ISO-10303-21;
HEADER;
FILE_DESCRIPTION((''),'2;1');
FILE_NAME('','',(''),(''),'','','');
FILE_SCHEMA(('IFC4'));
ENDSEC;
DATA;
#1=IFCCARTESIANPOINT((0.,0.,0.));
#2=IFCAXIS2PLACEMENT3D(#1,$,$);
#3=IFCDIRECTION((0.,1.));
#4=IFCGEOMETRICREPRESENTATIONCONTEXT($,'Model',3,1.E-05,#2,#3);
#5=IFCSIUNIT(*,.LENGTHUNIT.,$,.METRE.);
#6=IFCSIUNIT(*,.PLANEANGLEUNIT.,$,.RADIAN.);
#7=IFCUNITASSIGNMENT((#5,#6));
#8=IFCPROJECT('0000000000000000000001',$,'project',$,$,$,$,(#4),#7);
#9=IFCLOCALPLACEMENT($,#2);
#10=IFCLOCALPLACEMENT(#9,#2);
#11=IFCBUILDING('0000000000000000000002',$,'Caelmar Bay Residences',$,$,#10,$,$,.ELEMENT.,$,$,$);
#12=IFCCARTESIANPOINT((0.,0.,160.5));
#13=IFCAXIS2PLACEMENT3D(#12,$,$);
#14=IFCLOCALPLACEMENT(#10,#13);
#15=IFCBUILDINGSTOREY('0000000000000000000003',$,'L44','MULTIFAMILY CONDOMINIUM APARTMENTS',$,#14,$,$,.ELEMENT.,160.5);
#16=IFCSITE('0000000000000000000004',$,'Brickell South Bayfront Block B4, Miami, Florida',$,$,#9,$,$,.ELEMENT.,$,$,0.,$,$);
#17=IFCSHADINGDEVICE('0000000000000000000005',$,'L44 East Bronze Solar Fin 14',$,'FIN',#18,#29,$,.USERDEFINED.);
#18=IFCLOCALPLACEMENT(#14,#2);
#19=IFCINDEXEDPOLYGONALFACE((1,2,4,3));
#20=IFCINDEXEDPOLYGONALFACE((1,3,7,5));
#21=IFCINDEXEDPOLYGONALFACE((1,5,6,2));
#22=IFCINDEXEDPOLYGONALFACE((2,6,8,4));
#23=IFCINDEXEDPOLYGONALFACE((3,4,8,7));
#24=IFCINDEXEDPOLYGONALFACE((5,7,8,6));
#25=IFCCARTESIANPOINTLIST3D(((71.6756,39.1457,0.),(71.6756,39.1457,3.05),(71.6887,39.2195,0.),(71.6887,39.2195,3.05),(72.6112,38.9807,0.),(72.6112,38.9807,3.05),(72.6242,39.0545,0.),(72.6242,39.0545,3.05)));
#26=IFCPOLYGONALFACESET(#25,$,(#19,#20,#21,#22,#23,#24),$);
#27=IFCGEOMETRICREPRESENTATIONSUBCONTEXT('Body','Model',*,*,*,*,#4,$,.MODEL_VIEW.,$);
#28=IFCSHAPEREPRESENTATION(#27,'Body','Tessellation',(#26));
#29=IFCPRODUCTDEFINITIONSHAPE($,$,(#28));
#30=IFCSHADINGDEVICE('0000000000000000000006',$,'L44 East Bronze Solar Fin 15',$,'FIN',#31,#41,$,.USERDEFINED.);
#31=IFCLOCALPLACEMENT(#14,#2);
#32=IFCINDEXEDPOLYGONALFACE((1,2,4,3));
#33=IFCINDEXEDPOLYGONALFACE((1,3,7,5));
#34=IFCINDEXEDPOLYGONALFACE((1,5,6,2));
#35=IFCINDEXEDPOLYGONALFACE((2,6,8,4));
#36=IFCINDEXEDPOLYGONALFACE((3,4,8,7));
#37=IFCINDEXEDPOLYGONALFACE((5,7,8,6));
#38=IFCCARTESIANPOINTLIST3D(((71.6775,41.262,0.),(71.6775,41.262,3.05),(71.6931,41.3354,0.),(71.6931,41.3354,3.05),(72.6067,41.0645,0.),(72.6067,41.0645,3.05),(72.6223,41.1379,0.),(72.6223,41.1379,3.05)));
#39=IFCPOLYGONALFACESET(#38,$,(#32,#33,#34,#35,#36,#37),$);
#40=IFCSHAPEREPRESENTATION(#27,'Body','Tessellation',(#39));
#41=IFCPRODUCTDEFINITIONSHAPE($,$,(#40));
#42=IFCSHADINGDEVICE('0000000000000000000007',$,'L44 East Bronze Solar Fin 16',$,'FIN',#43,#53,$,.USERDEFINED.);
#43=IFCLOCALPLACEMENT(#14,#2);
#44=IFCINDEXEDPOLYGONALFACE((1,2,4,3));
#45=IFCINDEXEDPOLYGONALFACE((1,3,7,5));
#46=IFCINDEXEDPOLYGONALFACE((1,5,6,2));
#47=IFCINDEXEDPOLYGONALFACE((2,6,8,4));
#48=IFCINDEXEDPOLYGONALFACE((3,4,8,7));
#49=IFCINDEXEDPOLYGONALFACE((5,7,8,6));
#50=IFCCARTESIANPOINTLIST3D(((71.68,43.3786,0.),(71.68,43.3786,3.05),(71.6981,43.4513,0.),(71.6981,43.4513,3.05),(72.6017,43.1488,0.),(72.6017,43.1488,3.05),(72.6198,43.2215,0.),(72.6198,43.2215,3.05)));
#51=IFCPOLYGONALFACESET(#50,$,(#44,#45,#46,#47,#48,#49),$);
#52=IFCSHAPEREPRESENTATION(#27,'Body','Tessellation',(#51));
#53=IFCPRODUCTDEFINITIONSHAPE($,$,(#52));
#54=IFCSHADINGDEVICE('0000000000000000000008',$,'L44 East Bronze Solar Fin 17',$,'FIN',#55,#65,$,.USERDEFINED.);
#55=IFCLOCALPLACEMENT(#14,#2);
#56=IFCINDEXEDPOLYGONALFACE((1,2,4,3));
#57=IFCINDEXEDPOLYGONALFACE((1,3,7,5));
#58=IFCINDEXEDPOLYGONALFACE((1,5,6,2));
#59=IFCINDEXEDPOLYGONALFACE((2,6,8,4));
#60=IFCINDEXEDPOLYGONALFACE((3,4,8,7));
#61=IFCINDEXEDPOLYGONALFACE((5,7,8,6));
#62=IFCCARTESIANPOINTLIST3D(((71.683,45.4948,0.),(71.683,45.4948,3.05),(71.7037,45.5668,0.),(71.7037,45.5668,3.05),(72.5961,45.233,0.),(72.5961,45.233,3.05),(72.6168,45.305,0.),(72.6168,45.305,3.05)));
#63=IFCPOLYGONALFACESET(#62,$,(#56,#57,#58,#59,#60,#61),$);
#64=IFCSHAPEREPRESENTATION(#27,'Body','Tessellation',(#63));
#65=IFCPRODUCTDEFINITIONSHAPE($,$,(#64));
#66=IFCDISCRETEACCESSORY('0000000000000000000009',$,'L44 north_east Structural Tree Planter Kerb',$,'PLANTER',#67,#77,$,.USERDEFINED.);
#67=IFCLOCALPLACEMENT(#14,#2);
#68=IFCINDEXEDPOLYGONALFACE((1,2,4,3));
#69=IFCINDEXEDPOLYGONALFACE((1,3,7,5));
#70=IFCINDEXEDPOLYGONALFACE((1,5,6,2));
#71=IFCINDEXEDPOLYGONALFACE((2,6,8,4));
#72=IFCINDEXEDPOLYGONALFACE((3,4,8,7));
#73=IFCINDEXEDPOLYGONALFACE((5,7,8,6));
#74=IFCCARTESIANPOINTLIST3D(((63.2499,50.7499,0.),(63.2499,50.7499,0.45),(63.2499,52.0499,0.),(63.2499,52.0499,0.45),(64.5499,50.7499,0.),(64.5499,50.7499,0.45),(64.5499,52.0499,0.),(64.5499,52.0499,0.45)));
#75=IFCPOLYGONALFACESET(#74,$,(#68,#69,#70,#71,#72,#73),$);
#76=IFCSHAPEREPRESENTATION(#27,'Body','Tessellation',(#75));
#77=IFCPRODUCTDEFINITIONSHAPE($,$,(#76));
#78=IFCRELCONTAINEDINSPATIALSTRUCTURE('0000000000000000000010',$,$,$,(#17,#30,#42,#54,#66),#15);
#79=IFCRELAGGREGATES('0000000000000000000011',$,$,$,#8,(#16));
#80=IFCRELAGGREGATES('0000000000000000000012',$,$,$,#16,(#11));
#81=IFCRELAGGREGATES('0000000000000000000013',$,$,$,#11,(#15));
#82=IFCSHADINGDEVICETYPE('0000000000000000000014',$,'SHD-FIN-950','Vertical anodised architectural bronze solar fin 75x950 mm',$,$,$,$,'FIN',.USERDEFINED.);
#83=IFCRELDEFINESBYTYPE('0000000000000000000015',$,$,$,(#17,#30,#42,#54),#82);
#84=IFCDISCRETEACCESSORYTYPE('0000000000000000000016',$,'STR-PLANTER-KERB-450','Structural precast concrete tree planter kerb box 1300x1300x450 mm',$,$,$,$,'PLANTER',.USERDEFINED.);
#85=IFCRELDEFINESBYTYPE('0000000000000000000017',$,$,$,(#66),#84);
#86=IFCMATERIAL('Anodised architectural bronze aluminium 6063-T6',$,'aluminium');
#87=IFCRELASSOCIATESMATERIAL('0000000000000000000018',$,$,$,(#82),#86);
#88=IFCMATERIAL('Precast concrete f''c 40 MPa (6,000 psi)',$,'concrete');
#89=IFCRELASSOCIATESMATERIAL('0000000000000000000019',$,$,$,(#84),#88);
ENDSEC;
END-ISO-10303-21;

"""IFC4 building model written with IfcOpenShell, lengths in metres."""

from ifc_helpers import new_model, si_unit, direction, frame, origin, origin_2d, place, context, subcontext, project, spatial, rectangle, extrude, material, material_profile, profile_set, type_object, element, save


model = new_model("IFC4")

# Units and contexts
model_context = context("Model", 3, precision=1e-05, world=origin(), true_north=direction((0.0, 1.0)))
body_context = subcontext(model_context, "Body", "Model", "MODEL_VIEW")
ifc_project = project(units=[si_unit("LENGTHUNIT", "METRE"), si_unit("PLANEANGLEUNIT", "RADIAN")], contexts=[model_context])

# Site, building, storey
site_placement = place(None, origin())
site = spatial("IfcSite", under=ifc_project, at=site_placement, Name="Brickell South Bayfront Block B4, Miami, Florida", CompositionType="ELEMENT", RefElevation=0.0)
building_placement = place(site_placement, origin())
building = spatial("IfcBuilding", under=site, at=building_placement, Name="Caelmar Bay Residences", CompositionType="ELEMENT")
storey_placement = place(building_placement, frame((0.0, 0.0, 160.5)))
storey = spatial("IfcBuildingStorey", under=building, at=storey_placement, Name="L44", Description="MULTIFAMILY CONDOMINIUM APARTMENTS", CompositionType="ELEMENT", Elevation=160.5)

# Shared definitions
ifc_material_1 = material(Name="Precast concrete f'c 40 MPa (6,000 psi)", Category="concrete")

# Shading devices
ifc_material_2 = material(Name="Anodised architectural bronze aluminium 6063-T6", Category="aluminium")
ifc_material_profile_1 = material_profile(ifc_material_2, rectangle(XDim=0.075, YDim=0.95, at=origin_2d()), Name="BRONZE-FIN-75X950")
ifc_profile_set_1 = profile_set([ifc_material_profile_1], Name="Anodised architectural bronze aluminium 6063-T6")
shading_device_type = type_object("IfcShadingDeviceType", Name="SHD-FIN-950", Description="Vertical anodised architectural bronze solar fin 75x950 mm", ElementType="FIN", PredefinedType="USERDEFINED", material=ifc_profile_set_1)
for number, where, z_axis, x_axis, name in (
    (1, (72.1499, 39.1001, 0.0), (0.0, 0.0, 1.0), (0.173648, 0.984808, 0.0), "L44 East Bronze Solar Fin 14"),
    (2, (72.1499, 41.2, 0.0), (0.0, 0.0, 1.0), (0.207912, 0.978148, 0.0), "L44 East Bronze Solar Fin 15"),
    (3, (72.1499, 43.3, 0.0), (0.0, 0.0, 1.0), (0.241922, 0.970296, 0.0), "L44 East Bronze Solar Fin 16"),
    (4, (72.1499, 45.3999, 0.0), (0.0, 0.0, 1.0), (0.275637, 0.961262, 0.0), "L44 East Bronze Solar Fin 17"),
):
    element("IfcShadingDevice", number, at=place(storey_placement, frame(where, z_axis=z_axis, x_axis=x_axis)), inside=storey, type_object=shading_device_type, Name=name, ObjectType="FIN", PredefinedType="USERDEFINED", context=body_context, shape_type="SweptSolid", body=[
        extrude(rectangle(XDim=0.075, YDim=0.95, at=origin_2d()), origin(), (0.0, 0.0, 1.0), 3.05),
    ])

# Discrete accessory
discrete_accessory_type = type_object("IfcDiscreteAccessoryType", Name="STR-PLANTER-KERB-450", Description="Structural precast concrete tree planter kerb box 1300x1300x450 mm", ElementType="PLANTER", PredefinedType="USERDEFINED", material=ifc_material_1)
discrete_accessory_placement = place(storey_placement, frame((63.8999, 51.3999, 0.0), z_axis=(0.0, 0.0, 1.0), x_axis=(1.0, 0.0, 0.0)))
element("IfcDiscreteAccessory", 5, at=discrete_accessory_placement, inside=storey, type_object=discrete_accessory_type, Name="L44 north_east Structural Tree Planter Kerb", ObjectType="PLANTER", PredefinedType="USERDEFINED", context=body_context, shape_type="SweptSolid", body=[
    extrude(rectangle(XDim=1.3, YDim=1.3, at=origin_2d()), origin(), (0.0, 0.0, 1.0), 0.45),
])

save(model, "model.ifc")
